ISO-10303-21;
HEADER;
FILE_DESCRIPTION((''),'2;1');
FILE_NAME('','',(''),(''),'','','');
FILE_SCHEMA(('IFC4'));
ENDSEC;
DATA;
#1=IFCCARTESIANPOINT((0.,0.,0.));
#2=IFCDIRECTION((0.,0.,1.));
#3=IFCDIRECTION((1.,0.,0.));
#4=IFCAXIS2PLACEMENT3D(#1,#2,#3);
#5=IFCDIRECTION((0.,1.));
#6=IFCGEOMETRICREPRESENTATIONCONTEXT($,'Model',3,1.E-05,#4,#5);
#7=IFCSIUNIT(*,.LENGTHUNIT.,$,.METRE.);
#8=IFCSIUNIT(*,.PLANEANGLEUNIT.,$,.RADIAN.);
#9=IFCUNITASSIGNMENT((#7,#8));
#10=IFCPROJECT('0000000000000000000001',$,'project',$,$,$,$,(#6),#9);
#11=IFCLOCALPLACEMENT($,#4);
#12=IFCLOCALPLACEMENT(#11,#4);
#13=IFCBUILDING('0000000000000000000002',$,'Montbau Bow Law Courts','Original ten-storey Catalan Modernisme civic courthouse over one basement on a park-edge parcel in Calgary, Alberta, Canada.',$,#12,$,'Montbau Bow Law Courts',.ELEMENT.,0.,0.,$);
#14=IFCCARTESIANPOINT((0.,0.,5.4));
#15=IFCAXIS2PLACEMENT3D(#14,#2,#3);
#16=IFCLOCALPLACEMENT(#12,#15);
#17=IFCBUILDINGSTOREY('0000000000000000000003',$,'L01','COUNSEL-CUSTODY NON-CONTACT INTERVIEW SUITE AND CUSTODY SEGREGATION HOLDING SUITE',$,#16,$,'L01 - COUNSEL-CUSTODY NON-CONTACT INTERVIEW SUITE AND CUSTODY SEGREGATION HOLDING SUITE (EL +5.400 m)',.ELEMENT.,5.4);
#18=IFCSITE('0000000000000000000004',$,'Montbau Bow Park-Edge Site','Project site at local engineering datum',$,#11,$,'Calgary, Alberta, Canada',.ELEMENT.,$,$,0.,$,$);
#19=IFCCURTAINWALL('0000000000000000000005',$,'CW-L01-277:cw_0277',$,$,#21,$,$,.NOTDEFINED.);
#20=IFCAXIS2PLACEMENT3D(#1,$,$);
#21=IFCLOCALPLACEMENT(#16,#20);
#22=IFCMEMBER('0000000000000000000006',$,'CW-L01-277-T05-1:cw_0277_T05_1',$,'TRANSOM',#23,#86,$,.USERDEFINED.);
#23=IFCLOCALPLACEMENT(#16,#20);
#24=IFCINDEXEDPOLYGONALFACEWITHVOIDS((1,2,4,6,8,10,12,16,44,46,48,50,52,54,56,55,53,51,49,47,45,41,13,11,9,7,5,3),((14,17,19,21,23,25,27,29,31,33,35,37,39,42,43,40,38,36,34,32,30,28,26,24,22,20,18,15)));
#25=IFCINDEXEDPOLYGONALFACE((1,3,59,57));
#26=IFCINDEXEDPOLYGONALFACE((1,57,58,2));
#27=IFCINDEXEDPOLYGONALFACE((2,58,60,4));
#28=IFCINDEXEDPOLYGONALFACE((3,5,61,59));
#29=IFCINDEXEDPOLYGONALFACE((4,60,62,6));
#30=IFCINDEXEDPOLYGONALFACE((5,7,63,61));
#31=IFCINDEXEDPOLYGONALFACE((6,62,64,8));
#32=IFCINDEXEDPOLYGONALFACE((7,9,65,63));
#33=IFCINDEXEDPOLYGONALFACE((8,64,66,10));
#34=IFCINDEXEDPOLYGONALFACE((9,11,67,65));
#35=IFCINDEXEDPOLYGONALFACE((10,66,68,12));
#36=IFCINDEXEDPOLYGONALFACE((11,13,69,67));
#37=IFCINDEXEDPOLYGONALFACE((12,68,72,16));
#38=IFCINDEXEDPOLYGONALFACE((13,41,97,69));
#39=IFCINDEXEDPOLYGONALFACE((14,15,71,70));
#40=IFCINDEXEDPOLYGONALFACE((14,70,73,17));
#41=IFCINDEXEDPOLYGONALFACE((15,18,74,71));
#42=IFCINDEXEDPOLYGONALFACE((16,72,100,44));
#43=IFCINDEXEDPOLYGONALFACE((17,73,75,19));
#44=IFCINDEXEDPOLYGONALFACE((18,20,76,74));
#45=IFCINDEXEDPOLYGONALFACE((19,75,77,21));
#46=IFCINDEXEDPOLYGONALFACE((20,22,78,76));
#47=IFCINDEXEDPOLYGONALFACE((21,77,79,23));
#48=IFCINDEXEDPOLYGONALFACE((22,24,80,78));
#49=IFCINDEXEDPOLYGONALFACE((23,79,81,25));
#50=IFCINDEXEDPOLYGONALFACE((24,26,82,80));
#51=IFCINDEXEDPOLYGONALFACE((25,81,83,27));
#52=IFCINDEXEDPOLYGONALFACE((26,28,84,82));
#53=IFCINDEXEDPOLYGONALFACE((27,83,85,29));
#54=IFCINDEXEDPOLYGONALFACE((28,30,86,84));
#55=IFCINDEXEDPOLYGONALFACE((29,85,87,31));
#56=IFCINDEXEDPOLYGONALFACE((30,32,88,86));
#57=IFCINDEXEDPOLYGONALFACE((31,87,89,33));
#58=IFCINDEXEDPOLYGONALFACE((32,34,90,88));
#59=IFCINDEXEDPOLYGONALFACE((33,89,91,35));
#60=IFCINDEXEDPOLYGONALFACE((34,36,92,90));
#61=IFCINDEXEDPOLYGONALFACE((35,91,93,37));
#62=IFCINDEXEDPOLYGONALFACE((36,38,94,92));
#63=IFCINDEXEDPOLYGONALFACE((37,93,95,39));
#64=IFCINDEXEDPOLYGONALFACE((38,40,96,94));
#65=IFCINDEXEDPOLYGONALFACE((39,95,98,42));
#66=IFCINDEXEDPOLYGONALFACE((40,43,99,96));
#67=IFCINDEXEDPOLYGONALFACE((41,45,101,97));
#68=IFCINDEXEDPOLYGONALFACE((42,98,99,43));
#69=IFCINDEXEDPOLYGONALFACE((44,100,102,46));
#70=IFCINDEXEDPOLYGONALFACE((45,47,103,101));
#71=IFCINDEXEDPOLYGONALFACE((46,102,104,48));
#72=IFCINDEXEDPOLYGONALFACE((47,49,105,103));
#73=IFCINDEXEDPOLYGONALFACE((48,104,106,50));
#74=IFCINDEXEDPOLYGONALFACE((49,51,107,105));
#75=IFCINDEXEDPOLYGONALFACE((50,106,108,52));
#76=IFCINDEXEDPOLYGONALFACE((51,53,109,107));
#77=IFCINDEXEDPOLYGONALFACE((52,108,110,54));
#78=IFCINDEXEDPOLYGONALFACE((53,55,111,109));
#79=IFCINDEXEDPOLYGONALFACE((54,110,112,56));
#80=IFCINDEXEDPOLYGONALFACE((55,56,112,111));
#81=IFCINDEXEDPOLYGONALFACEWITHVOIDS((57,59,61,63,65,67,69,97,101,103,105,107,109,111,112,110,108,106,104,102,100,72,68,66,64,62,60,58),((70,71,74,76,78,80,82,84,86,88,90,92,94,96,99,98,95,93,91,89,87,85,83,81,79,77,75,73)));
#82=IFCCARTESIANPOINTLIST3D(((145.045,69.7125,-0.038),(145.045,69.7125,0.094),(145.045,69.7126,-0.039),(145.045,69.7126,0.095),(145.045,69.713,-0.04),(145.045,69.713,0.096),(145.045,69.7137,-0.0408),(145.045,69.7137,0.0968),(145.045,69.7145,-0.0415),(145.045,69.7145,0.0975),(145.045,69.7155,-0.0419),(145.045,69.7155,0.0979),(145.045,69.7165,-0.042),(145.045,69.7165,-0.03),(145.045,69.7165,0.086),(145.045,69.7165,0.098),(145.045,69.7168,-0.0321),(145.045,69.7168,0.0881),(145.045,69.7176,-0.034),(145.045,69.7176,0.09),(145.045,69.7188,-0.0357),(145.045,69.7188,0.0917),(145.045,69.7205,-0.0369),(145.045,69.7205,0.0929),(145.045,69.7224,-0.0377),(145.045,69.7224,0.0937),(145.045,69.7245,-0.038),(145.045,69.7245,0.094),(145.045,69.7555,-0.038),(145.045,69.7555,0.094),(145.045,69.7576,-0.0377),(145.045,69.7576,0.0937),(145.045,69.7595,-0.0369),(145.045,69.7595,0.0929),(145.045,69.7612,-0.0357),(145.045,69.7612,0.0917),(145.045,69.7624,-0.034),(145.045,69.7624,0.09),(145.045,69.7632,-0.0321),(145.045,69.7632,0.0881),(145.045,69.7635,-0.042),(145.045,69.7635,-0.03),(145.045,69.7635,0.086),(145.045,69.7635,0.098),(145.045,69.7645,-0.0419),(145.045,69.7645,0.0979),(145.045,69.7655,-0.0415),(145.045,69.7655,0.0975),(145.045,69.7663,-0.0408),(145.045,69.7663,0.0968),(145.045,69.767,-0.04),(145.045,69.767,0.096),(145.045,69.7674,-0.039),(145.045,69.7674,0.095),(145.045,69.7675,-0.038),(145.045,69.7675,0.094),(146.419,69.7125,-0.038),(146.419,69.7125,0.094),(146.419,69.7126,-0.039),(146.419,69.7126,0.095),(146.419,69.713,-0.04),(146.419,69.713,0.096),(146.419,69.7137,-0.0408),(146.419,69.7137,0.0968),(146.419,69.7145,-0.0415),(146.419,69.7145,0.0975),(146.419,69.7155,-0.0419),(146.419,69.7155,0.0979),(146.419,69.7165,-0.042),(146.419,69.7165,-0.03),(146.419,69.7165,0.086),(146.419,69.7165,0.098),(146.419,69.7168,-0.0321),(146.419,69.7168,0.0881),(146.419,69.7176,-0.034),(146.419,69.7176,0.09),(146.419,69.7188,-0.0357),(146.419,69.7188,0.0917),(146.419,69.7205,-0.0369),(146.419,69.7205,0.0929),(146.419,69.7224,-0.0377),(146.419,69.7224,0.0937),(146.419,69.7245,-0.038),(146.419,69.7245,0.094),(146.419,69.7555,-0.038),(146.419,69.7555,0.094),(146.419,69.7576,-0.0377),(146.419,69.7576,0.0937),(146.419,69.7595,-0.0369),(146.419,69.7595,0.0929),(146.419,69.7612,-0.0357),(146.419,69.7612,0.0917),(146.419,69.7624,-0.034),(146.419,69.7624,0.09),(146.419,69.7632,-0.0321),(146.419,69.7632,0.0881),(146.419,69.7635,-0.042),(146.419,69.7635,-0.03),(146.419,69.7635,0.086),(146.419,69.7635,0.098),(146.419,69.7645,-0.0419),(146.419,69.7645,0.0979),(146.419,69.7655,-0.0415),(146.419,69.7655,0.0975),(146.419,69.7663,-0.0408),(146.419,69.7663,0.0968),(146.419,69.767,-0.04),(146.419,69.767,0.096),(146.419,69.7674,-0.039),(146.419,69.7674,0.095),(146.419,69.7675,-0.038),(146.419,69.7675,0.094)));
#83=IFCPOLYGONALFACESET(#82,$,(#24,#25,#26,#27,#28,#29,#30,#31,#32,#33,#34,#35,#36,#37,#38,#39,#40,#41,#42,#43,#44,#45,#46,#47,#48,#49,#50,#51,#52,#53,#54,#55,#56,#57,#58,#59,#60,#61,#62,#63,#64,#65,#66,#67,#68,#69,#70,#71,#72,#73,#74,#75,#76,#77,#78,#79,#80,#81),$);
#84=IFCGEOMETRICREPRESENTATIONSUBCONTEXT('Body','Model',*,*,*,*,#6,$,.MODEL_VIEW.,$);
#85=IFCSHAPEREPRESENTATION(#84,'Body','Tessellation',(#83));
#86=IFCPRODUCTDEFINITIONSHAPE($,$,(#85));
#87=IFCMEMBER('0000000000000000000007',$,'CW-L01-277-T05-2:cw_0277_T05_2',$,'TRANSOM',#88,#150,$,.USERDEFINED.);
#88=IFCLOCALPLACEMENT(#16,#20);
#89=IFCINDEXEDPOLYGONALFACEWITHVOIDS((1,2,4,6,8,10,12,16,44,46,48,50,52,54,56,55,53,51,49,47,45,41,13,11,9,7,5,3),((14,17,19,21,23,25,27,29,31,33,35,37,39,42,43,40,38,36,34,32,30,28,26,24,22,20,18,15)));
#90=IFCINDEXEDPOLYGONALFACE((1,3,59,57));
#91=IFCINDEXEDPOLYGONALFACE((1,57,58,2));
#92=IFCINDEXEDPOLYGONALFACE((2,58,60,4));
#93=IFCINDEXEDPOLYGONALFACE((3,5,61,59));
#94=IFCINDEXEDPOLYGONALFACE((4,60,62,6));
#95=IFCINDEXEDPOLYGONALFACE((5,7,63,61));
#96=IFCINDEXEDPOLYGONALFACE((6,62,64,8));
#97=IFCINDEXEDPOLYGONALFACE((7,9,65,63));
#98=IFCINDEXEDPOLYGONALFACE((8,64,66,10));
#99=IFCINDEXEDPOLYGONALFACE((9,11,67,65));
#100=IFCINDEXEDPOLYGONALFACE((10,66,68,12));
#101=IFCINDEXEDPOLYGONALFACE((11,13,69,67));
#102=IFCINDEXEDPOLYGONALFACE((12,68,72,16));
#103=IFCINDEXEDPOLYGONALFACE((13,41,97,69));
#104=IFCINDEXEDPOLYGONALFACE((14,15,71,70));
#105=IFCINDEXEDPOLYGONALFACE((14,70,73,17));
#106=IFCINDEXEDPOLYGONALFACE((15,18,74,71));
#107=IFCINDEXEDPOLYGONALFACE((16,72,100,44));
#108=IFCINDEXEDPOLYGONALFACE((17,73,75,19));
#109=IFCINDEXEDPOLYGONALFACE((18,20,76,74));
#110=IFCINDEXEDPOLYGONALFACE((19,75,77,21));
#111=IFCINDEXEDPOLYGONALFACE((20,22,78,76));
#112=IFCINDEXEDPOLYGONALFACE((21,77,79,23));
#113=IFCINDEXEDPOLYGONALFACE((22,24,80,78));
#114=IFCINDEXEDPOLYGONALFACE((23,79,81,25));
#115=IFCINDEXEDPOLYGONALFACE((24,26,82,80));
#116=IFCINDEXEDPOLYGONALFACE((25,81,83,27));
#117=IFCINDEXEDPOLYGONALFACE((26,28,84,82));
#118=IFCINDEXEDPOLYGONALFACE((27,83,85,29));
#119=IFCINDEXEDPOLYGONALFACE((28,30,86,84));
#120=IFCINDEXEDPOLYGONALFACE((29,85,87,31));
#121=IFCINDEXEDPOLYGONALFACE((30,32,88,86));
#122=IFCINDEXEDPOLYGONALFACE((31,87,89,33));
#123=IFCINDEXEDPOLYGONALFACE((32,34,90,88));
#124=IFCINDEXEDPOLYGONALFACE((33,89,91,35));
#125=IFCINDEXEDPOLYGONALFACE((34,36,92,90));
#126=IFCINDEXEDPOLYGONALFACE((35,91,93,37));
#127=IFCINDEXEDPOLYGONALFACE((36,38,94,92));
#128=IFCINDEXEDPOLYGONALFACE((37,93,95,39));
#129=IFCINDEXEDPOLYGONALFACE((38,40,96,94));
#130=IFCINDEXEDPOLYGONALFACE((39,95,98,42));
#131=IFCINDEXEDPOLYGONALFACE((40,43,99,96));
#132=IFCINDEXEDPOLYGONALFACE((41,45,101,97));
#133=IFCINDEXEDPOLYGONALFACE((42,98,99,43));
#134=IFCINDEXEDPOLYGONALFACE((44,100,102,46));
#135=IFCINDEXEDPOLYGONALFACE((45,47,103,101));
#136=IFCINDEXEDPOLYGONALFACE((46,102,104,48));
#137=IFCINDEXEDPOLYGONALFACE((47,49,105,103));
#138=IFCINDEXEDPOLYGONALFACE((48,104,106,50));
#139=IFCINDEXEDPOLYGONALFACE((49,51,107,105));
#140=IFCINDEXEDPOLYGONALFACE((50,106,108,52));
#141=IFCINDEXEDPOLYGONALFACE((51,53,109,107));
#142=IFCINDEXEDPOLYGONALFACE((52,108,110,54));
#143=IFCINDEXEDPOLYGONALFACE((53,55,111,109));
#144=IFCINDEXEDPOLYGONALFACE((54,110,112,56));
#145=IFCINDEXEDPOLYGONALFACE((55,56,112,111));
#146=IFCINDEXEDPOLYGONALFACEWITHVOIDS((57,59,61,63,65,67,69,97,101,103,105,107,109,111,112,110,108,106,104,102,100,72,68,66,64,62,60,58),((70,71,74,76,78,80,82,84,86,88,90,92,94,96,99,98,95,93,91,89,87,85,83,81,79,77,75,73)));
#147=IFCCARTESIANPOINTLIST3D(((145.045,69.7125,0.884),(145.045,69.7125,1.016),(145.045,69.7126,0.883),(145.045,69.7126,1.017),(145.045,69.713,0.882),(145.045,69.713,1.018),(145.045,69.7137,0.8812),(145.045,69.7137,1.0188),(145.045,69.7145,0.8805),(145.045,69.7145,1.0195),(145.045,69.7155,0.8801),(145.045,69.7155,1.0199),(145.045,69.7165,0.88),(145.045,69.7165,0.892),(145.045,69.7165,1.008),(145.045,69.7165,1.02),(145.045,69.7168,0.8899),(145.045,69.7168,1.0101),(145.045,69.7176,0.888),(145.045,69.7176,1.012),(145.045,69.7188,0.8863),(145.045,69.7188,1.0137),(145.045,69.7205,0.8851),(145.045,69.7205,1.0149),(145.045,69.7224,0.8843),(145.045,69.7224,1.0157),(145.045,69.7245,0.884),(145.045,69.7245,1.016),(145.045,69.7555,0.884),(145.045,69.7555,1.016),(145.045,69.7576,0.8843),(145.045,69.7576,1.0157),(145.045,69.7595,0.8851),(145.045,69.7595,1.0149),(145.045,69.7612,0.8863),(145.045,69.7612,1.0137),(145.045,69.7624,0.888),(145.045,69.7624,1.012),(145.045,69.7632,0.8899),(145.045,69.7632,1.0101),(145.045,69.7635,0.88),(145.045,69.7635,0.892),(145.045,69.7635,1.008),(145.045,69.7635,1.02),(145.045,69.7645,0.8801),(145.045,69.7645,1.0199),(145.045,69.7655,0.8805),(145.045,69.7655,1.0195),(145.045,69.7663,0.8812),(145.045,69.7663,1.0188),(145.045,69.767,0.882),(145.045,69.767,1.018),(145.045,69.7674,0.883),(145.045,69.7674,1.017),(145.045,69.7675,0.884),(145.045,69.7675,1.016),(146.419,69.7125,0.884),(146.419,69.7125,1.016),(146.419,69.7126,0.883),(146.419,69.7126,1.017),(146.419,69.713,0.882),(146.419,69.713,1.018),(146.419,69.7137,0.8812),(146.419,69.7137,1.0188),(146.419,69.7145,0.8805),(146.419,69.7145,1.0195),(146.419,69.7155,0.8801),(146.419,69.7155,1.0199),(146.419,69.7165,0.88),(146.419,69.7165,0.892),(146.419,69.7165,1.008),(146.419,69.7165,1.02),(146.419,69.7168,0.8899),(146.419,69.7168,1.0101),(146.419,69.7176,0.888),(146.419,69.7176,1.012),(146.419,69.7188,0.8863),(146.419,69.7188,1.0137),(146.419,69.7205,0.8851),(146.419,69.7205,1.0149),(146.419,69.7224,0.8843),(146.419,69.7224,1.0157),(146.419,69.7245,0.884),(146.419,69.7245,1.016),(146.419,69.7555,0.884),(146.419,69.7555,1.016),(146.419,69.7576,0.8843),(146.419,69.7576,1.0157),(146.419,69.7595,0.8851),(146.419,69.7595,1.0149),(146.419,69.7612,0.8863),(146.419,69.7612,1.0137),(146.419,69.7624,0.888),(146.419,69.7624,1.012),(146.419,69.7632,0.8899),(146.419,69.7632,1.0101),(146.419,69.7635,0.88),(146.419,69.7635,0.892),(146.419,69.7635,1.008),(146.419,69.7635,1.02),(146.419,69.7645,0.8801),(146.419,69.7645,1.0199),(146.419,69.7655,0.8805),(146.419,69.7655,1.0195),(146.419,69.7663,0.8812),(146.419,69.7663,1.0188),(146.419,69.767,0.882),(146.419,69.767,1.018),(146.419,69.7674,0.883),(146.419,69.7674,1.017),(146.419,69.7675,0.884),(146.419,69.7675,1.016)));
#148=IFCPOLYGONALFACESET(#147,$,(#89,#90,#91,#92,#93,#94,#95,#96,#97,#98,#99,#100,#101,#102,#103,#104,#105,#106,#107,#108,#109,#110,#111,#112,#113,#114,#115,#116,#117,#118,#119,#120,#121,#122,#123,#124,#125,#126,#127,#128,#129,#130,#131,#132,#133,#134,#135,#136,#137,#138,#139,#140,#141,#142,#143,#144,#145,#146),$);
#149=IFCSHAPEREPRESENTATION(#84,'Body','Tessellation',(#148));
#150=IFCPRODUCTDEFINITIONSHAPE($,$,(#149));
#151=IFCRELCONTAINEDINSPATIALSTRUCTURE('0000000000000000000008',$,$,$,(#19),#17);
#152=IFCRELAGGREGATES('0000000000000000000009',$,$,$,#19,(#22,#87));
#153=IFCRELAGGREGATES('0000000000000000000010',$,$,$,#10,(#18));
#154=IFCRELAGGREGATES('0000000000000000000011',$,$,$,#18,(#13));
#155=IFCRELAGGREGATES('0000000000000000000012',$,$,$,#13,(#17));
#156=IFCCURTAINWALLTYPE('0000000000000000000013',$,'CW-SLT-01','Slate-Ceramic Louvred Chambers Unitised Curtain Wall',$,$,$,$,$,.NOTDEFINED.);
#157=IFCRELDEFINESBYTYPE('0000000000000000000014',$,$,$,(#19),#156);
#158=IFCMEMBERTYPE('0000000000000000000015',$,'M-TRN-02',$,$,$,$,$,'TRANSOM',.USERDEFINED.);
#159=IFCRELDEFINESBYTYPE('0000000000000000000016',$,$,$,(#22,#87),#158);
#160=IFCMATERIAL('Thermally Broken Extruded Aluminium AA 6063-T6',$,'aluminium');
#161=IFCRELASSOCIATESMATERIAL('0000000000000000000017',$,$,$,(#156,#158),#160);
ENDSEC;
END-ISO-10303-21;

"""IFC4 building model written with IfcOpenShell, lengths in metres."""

from ifc_helpers import new_model, si_unit, direction, frame, origin_with_axes, origin_2d_with_axis, place, context, subcontext, project, spatial, hollow_rectangle, extrude, material, material_profile, profile_set, type_object, element, aggregate, save


model = new_model("IFC4")

# Units and contexts
model_context = context("Model", 3, precision=1e-05, world=origin_with_axes(), true_north=direction((0.0, 1.0)))
body_context = subcontext(model_context, "Body", "Model", "MODEL_VIEW")
ifc_project = project(units=[si_unit("LENGTHUNIT", "METRE"), si_unit("PLANEANGLEUNIT", "RADIAN")], contexts=[model_context])

# Site, building, storey
site_placement = place(None, origin_with_axes())
site = spatial("IfcSite", under=ifc_project, at=site_placement, Name="Montbau Bow Park-Edge Site", Description="Project site at local engineering datum", LongName="Calgary, Alberta, Canada", CompositionType="ELEMENT", RefElevation=0.0)
building_placement = place(site_placement, origin_with_axes())
building = spatial("IfcBuilding", under=site, at=building_placement, Name="Montbau Bow Law Courts", Description="Original ten-storey Catalan Modernisme civic courthouse over one basement on a park-edge parcel in Calgary, Alberta, Canada.", LongName="Montbau Bow Law Courts", CompositionType="ELEMENT", ElevationOfRefHeight=0.0, ElevationOfTerrain=0.0)
storey_placement = place(building_placement, frame((0.0, 0.0, 5.4), z_axis=(0.0, 0.0, 1.0), x_axis=(1.0, 0.0, 0.0)))
storey = spatial("IfcBuildingStorey", under=building, at=storey_placement, Name="L01", Description="COUNSEL-CUSTODY NON-CONTACT INTERVIEW SUITE AND CUSTODY SEGREGATION HOLDING SUITE", LongName="L01 - COUNSEL-CUSTODY NON-CONTACT INTERVIEW SUITE AND CUSTODY SEGREGATION HOLDING SUITE (EL +5.400 m)", CompositionType="ELEMENT", Elevation=5.4)

# Curtain wall
ifc_material_1 = material(Name="Thermally Broken Extruded Aluminium AA 6063-T6", Category="aluminium")
curtain_wall_type = type_object("IfcCurtainWallType", Name="CW-SLT-01", Description="Slate-Ceramic Louvred Chambers Unitised Curtain Wall", PredefinedType="NOTDEFINED", material=ifc_material_1)
curtain_wall_1_placement = place(None, frame((139.115, 69.74, 5.4), z_axis=(0.0, 0.0, 1.0), x_axis=(1.0, 0.0, 0.0)))
curtain_wall_1 = element("IfcCurtainWall", 1, at=curtain_wall_1_placement, inside=storey, type_object=curtain_wall_type, Name="CW-L01-277:cw_0277", PredefinedType="NOTDEFINED")

# Members
ifc_material_profile_1 = material_profile(ifc_material_1, hollow_rectangle(XDim=0.055, YDim=0.14, WallThickness=0.004, InnerFilletRadius=0.008, OuterFilletRadius=0.004, at=origin_2d_with_axis()), Name="CWT-140X55", Category="Main", Priority=0)
ifc_profile_set_1 = profile_set([ifc_material_profile_1], Name="Thermally Broken Extruded Aluminium AA 6063-T6")
member_type_1 = type_object("IfcMemberType", Name="M-TRN-02", ElementType="TRANSOM", PredefinedType="USERDEFINED", material=ifc_profile_set_1)
member_1_placement = place(None, frame((145.045, 69.74, 5.428), z_axis=(1.0, 0.0, 0.0), x_axis=(0.0, 1.0, 0.0)))
member_1 = element("IfcMember", 2, at=member_1_placement, type_object=member_type_1, Name="CW-L01-277-T05-1:cw_0277_T05_1", ObjectType="TRANSOM", PredefinedType="USERDEFINED", context=body_context, shape_type="SweptSolid", body=[
    extrude(hollow_rectangle(XDim=0.055, YDim=0.14, WallThickness=0.004, InnerFilletRadius=0.008, OuterFilletRadius=0.004, at=origin_2d_with_axis()), origin_with_axes(), (0.0, 0.0, 1.0), 1.374),
])
member_2_placement = place(None, frame((145.045, 69.74, 6.35), z_axis=(1.0, 0.0, 0.0), x_axis=(0.0, 1.0, 0.0)))
member_2 = element("IfcMember", 3, at=member_2_placement, type_object=member_type_1, Name="CW-L01-277-T05-2:cw_0277_T05_2", ObjectType="TRANSOM", PredefinedType="USERDEFINED", context=body_context, shape_type="SweptSolid", body=[
    extrude(hollow_rectangle(XDim=0.055, YDim=0.14, WallThickness=0.004, InnerFilletRadius=0.008, OuterFilletRadius=0.004, at=origin_2d_with_axis()), origin_with_axes(), (0.0, 0.0, 1.0), 1.374),
])

aggregate(curtain_wall_1, [member_1, member_2])

save(model, "model.ifc")
